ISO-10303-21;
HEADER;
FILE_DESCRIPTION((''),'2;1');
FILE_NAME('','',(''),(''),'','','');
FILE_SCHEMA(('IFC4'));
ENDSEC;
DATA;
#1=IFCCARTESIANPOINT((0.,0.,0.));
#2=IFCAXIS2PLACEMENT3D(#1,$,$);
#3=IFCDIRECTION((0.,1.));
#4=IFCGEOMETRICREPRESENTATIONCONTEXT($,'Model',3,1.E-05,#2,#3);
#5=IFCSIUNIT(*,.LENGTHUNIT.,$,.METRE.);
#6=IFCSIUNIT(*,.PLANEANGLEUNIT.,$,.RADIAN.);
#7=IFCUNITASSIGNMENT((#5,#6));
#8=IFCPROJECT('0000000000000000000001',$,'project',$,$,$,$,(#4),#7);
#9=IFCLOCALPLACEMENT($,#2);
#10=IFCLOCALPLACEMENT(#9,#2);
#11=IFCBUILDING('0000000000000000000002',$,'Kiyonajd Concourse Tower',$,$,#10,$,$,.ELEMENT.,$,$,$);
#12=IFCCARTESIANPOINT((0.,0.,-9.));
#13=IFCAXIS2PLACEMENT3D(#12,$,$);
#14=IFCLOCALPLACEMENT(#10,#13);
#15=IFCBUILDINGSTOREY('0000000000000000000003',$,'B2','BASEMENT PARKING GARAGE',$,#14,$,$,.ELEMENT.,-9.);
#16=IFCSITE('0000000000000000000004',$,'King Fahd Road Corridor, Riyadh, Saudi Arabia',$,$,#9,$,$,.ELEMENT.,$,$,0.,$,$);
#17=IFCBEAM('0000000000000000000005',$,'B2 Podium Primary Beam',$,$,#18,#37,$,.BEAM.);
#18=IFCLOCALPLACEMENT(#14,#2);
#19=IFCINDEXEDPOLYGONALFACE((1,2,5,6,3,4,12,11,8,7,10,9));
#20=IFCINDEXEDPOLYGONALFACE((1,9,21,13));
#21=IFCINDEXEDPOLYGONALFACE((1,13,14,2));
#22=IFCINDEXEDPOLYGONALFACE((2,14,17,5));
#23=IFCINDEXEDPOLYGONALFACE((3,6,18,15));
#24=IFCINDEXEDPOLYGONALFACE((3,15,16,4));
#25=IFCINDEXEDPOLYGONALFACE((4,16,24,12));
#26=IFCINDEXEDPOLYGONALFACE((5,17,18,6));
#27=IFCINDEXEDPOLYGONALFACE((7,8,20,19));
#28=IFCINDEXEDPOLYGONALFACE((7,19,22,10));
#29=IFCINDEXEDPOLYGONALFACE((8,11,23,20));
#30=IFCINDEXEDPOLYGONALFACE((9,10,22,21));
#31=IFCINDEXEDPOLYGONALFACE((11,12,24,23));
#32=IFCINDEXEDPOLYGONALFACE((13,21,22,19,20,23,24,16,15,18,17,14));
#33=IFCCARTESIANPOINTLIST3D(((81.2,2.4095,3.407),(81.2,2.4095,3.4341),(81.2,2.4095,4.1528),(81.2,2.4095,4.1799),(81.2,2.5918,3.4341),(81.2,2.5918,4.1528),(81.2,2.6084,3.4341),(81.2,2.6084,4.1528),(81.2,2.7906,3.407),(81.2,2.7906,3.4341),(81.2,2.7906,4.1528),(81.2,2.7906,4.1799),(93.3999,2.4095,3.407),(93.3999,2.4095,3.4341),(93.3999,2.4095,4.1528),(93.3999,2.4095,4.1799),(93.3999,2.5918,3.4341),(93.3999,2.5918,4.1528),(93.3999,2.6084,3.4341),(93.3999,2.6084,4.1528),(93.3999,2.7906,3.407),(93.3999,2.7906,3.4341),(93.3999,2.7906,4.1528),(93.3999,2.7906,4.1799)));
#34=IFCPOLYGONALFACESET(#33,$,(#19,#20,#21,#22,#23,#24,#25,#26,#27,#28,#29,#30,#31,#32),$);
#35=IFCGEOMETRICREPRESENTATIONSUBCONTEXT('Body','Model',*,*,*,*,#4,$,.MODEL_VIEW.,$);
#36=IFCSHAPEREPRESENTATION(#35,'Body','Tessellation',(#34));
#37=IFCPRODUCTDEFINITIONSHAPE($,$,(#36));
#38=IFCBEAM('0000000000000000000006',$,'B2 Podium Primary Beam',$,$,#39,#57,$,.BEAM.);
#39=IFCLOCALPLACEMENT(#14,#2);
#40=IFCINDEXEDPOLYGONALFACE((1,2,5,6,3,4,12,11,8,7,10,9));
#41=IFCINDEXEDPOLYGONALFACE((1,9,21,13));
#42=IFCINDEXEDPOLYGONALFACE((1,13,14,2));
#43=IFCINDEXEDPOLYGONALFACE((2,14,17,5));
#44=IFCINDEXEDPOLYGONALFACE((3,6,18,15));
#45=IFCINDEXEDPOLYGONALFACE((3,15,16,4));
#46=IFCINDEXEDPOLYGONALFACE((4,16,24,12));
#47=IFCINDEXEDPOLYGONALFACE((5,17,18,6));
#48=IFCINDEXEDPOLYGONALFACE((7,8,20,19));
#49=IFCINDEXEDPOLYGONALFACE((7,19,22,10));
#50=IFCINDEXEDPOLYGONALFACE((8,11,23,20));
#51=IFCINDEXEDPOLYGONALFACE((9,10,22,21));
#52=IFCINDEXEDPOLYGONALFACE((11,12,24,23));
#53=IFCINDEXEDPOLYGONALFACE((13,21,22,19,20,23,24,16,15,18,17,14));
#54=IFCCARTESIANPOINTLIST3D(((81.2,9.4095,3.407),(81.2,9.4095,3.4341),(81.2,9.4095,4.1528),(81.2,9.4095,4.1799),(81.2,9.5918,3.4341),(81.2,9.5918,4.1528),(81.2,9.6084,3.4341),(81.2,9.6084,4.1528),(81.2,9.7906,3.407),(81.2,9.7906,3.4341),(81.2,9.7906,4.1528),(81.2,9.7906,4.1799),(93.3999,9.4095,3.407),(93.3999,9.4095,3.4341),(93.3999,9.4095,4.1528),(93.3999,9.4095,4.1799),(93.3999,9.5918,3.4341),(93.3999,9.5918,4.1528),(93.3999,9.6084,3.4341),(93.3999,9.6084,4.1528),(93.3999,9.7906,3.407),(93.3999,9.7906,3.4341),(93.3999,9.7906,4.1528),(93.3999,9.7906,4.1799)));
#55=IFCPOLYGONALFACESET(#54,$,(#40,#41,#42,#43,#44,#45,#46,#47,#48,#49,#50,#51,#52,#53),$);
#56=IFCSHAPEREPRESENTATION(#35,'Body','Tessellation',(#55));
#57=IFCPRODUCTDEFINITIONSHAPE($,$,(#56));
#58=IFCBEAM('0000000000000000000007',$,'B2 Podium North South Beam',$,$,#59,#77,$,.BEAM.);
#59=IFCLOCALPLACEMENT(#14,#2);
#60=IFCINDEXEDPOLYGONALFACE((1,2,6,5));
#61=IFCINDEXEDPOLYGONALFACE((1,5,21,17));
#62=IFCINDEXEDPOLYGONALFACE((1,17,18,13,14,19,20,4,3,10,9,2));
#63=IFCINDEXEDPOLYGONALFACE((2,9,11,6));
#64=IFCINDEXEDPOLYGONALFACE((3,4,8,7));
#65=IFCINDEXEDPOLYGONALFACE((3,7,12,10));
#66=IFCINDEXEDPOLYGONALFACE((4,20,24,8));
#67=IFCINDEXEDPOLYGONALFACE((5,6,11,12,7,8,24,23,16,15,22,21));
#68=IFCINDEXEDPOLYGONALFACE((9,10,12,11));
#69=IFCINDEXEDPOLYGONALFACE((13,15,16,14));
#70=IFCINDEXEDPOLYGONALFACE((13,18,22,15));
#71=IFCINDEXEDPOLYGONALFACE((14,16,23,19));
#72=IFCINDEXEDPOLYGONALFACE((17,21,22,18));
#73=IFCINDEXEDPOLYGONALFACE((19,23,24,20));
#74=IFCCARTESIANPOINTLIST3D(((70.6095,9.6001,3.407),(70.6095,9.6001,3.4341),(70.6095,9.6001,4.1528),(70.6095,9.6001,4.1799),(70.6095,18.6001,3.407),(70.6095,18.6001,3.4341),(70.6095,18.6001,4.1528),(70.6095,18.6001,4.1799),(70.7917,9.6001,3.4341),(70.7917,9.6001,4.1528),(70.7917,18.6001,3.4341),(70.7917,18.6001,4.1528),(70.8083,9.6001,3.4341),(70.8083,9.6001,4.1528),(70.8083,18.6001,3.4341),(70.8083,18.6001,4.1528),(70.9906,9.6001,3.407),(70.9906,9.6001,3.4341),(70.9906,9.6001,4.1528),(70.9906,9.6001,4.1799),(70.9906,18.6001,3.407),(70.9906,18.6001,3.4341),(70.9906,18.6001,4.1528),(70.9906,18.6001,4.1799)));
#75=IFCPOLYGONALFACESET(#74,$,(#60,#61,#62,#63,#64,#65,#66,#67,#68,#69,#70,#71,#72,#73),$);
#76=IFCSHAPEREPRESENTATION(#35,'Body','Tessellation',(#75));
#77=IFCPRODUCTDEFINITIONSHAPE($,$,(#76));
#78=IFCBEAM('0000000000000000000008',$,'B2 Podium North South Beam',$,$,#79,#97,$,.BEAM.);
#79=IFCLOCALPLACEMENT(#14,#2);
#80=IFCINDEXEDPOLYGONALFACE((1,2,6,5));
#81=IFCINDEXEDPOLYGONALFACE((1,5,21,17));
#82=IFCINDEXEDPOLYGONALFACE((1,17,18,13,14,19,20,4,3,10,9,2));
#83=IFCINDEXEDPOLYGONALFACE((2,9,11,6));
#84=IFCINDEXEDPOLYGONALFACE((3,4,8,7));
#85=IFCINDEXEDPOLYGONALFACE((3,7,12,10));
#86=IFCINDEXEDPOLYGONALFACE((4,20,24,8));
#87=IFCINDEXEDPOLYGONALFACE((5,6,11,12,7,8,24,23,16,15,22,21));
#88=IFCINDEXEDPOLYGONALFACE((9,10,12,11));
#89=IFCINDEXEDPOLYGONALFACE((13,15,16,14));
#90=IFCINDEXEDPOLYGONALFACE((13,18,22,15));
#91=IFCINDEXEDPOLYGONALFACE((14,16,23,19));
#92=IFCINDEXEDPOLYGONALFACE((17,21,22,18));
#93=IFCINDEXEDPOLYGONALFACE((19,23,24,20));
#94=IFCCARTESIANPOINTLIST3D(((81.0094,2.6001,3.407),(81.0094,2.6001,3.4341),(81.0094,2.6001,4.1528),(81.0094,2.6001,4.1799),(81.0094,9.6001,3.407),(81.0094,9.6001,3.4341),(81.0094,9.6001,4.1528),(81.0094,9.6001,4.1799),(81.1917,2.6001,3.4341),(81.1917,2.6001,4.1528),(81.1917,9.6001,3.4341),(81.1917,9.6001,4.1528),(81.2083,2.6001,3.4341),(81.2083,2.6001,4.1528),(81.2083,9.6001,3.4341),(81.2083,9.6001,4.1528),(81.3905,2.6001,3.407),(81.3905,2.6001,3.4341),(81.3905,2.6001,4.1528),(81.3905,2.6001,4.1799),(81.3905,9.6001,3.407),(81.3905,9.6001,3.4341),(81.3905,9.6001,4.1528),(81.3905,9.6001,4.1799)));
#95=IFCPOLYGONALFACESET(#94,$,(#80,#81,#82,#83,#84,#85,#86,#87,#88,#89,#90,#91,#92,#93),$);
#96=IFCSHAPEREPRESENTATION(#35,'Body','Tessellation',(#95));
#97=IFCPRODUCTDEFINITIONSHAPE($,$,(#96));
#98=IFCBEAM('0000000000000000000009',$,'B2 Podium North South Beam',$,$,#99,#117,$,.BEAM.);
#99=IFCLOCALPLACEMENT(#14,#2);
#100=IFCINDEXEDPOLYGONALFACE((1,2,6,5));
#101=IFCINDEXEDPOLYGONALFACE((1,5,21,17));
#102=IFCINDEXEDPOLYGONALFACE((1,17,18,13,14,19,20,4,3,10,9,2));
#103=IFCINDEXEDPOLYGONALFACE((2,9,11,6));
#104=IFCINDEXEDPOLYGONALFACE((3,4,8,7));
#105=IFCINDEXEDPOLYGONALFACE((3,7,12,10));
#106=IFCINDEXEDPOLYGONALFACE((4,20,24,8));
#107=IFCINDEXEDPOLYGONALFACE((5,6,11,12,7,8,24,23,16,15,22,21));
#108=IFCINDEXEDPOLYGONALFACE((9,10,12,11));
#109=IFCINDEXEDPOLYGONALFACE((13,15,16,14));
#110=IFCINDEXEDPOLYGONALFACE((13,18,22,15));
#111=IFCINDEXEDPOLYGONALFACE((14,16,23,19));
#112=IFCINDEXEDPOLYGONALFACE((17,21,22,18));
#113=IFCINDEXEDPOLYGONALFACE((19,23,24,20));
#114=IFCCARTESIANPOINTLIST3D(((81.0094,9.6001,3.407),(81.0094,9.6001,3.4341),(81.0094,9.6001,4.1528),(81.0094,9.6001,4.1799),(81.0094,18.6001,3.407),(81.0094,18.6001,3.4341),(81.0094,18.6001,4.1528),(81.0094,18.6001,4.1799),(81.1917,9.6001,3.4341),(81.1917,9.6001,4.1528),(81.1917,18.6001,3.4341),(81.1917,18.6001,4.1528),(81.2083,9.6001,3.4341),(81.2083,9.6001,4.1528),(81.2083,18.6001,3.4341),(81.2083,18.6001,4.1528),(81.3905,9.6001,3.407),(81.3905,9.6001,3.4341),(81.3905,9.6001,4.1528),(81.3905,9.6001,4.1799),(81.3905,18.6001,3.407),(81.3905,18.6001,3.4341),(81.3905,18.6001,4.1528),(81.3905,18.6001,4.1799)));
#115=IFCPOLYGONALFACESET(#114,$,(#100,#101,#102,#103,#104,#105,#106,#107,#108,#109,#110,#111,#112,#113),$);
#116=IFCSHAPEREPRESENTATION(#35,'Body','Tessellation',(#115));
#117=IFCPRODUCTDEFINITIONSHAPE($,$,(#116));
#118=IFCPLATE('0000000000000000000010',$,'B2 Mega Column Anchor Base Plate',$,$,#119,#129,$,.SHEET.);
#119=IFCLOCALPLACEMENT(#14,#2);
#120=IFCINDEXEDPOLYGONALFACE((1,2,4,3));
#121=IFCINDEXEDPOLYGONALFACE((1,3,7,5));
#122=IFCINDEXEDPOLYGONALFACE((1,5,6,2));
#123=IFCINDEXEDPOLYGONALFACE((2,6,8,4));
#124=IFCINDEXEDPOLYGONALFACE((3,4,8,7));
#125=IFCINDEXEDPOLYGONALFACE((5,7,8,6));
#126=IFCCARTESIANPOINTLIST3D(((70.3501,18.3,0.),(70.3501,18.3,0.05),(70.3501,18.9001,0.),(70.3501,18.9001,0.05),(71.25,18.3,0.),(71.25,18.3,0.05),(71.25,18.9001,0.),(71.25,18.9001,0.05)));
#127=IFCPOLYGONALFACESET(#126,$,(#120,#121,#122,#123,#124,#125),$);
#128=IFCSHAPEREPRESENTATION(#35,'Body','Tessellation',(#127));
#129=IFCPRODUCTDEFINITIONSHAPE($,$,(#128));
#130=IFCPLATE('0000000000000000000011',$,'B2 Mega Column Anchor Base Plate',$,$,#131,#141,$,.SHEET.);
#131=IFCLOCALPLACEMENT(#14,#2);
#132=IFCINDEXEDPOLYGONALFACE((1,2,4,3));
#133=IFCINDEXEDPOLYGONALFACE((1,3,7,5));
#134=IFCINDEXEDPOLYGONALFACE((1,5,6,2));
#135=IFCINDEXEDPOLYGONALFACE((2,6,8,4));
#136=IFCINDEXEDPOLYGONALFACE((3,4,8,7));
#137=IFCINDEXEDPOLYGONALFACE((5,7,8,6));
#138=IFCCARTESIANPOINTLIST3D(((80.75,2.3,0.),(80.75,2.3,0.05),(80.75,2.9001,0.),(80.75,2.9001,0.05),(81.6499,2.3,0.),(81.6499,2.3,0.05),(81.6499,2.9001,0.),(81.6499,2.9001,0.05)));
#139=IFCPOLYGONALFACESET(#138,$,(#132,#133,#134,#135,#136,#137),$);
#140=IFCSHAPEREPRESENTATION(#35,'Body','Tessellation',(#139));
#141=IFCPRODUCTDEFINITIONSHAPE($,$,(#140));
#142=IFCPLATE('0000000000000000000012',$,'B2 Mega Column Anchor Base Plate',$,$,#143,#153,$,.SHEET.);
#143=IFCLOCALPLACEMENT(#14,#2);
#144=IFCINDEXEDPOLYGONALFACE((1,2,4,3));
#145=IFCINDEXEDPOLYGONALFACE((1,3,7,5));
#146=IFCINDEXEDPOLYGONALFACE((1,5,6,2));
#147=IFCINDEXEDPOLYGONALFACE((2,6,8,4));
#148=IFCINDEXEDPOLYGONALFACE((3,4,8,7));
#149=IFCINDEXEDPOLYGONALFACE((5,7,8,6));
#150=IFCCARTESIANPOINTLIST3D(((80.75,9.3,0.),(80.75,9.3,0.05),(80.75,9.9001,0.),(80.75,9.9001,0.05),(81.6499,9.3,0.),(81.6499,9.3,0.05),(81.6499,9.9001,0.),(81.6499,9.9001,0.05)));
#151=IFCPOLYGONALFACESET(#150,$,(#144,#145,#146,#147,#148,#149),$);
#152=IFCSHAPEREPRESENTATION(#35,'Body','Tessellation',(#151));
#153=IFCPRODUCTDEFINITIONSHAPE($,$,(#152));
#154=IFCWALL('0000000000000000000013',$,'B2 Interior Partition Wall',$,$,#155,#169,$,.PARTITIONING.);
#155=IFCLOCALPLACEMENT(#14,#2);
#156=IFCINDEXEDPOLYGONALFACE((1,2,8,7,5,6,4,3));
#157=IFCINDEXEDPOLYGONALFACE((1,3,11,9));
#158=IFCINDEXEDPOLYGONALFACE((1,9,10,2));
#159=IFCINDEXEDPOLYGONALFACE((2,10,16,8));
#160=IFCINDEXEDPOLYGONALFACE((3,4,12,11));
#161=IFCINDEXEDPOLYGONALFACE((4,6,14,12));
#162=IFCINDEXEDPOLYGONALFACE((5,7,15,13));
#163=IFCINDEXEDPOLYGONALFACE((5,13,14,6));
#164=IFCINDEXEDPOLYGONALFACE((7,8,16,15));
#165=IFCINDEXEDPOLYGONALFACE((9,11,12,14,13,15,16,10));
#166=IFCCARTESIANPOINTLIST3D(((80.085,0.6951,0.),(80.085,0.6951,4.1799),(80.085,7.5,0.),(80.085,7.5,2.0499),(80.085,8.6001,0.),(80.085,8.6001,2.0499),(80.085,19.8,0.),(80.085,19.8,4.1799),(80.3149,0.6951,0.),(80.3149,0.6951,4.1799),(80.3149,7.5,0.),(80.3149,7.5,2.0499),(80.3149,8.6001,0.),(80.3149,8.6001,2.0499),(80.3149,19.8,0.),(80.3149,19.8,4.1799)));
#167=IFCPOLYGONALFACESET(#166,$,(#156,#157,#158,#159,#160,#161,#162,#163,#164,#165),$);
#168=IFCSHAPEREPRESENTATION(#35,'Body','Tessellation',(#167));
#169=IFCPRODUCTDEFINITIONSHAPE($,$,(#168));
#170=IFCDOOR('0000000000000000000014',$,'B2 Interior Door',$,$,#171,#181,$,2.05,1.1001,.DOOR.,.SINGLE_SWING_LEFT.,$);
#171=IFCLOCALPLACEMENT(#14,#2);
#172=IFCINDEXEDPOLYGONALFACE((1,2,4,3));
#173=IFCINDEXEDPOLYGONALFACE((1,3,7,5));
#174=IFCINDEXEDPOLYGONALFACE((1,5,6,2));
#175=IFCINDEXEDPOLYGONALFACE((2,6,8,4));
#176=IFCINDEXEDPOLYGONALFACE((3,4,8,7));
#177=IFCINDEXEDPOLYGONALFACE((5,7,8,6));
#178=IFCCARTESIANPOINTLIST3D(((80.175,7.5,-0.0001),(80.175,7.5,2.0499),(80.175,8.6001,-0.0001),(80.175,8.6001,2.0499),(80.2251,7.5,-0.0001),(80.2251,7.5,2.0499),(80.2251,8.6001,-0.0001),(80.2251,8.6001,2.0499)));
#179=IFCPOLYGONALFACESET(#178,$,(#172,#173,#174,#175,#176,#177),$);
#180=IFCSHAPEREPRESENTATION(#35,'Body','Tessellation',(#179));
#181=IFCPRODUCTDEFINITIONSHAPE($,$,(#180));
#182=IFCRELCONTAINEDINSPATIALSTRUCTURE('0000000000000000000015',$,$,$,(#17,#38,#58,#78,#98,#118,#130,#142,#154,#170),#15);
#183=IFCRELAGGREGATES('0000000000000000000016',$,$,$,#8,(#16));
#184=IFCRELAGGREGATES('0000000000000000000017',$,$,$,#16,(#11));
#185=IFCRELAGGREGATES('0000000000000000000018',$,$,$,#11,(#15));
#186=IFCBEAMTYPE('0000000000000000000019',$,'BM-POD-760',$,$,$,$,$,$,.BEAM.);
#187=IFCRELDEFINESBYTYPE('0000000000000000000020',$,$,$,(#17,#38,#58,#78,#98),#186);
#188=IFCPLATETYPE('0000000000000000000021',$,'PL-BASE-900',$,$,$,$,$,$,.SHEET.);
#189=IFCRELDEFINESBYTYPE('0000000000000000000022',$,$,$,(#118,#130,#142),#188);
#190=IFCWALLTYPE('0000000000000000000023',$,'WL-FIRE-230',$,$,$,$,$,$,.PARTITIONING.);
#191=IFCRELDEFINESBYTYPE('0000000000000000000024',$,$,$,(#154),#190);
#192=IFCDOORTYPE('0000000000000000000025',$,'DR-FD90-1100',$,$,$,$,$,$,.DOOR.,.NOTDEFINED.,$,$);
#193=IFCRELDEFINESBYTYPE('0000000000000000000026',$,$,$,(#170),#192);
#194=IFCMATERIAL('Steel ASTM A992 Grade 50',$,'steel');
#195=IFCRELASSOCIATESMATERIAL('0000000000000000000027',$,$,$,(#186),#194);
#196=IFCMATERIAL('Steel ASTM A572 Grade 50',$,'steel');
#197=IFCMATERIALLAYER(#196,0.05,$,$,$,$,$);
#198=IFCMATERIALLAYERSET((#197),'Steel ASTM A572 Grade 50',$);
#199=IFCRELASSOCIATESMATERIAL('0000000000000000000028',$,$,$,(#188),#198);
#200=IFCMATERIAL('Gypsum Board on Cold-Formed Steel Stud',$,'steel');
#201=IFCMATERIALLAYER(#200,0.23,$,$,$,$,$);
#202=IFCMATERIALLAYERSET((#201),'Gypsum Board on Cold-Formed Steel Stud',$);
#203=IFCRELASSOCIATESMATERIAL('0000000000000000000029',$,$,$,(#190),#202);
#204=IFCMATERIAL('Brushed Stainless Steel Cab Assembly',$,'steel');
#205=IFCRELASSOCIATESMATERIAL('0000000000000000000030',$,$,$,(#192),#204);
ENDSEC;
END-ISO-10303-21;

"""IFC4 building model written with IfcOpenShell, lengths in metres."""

from ifc_helpers import new_model, si_unit, direction, frame, frame_2d, origin, origin_2d, place, context, subcontext, project, spatial, rectangle, i_section, extrude, material, layer, layer_set, material_profile, profile_set, type_object, element, fill, save


model = new_model("IFC4")

# Units and contexts
model_context = context("Model", 3, precision=1e-05, world=origin(), true_north=direction((0.0, 1.0)))
body_context = subcontext(model_context, "Body", "Model", "MODEL_VIEW")
ifc_project = project(units=[si_unit("LENGTHUNIT", "METRE"), si_unit("PLANEANGLEUNIT", "RADIAN")], contexts=[model_context])

# Site, building, storey
site_placement = place(None, origin())
site = spatial("IfcSite", under=ifc_project, at=site_placement, Name="King Fahd Road Corridor, Riyadh, Saudi Arabia", CompositionType="ELEMENT", RefElevation=0.0)
building_placement = place(site_placement, origin())
building = spatial("IfcBuilding", under=site, at=building_placement, Name="Kiyonajd Concourse Tower", CompositionType="ELEMENT")
storey_placement = place(building_placement, frame((0.0, 0.0, -9.0)))
storey = spatial("IfcBuildingStorey", under=building, at=storey_placement, Name="B2", Description="BASEMENT PARKING GARAGE", CompositionType="ELEMENT", Elevation=-9.0)

# Beams
ifc_material_1 = material(Name="Steel ASTM A992 Grade 50", Category="steel")
ifc_material_profile_1 = material_profile(ifc_material_1, i_section(OverallWidth=0.3811, OverallDepth=0.7729, WebThickness=0.0166, FlangeThickness=0.0271, at=origin_2d()), Name="W760X257")
ifc_profile_set_1 = profile_set([ifc_material_profile_1], Name="Steel ASTM A992 Grade 50")
beam_type = type_object("IfcBeamType", Name="BM-POD-760", PredefinedType="BEAM", material=ifc_profile_set_1)
for number, where, z_axis, x_axis, name in (
    (1, (81.2, 2.6001, 3.7935), (1.0, 0.0, 0.0), (0.0, 1.0, 0.0), "B2 Podium Primary Beam"),
    (2, (81.2, 9.6001, 3.7935), (1.0, 0.0, 0.0), (0.0, 1.0, 0.0), "B2 Podium Primary Beam"),
):
    element("IfcBeam", number, at=place(storey_placement, frame(where, z_axis=z_axis, x_axis=x_axis)), inside=storey, type_object=beam_type, Name=name, PredefinedType="BEAM", context=body_context, shape_type="SweptSolid", body=[
        extrude(i_section(OverallWidth=0.3811, OverallDepth=0.7729, WebThickness=0.0166, FlangeThickness=0.0271, at=origin_2d()), origin(), (0.0, 0.0, 1.0), 12.2),
    ])
beam_1_placement = place(storey_placement, frame((70.8, 9.6001, 3.7935), z_axis=(0.0, 1.0, 0.0), x_axis=(-1.0, 0.0, 0.0)))
element("IfcBeam", 3, at=beam_1_placement, inside=storey, type_object=beam_type, Name="B2 Podium North South Beam", PredefinedType="BEAM", context=body_context, shape_type="SweptSolid", body=[
    extrude(i_section(OverallWidth=0.3811, OverallDepth=0.7729, WebThickness=0.0166, FlangeThickness=0.0271, at=origin_2d()), origin(), (0.0, 0.0, 1.0), 9.0),
])
beam_2_placement = place(storey_placement, frame((81.2, 2.6001, 3.7935), z_axis=(0.0, 1.0, 0.0), x_axis=(-1.0, 0.0, 0.0)))
element("IfcBeam", 4, at=beam_2_placement, inside=storey, type_object=beam_type, Name="B2 Podium North South Beam", PredefinedType="BEAM", context=body_context, shape_type="SweptSolid", body=[
    extrude(i_section(OverallWidth=0.3811, OverallDepth=0.7729, WebThickness=0.0166, FlangeThickness=0.0271, at=origin_2d()), origin(), (0.0, 0.0, 1.0), 7.0),
])
beam_3_placement = place(storey_placement, frame((81.2, 9.6001, 3.7935), z_axis=(0.0, 1.0, 0.0), x_axis=(-1.0, 0.0, 0.0)))
element("IfcBeam", 5, at=beam_3_placement, inside=storey, type_object=beam_type, Name="B2 Podium North South Beam", PredefinedType="BEAM", context=body_context, shape_type="SweptSolid", body=[
    extrude(i_section(OverallWidth=0.3811, OverallDepth=0.7729, WebThickness=0.0166, FlangeThickness=0.0271, at=origin_2d()), origin(), (0.0, 0.0, 1.0), 9.0),
])

# Plates
ifc_material_2 = material(Name="Steel ASTM A572 Grade 50", Category="steel")
ifc_layer_1 = layer(ifc_material_2, 0.05)
ifc_layer_set_1 = layer_set([ifc_layer_1], Name="Steel ASTM A572 Grade 50")
plate_type = type_object("IfcPlateType", Name="PL-BASE-900", PredefinedType="SHEET", material=ifc_layer_set_1)
for number, where, z_axis, x_axis, name in (
    (6, (70.8, 18.6001, 0.0), (0.0, 0.0, 1.0), (1.0, 0.0, 0.0), "B2 Mega Column Anchor Base Plate"),
    (7, (81.2, 2.6001, 0.0), (0.0, 0.0, 1.0), (1.0, 0.0, 0.0), "B2 Mega Column Anchor Base Plate"),
    (8, (81.2, 9.6001, 0.0), (0.0, 0.0, 1.0), (1.0, 0.0, 0.0), "B2 Mega Column Anchor Base Plate"),
):
    element("IfcPlate", number, at=place(storey_placement, frame(where, z_axis=z_axis, x_axis=x_axis)), inside=storey, type_object=plate_type, Name=name, PredefinedType="SHEET", context=body_context, shape_type="SweptSolid", body=[
        extrude(rectangle(XDim=0.8999, YDim=0.6001, at=origin_2d()), origin(), (0.0, 0.0, 1.0), 0.05),
    ])

# Wall, opening, door
ifc_material_3 = material(Name="Gypsum Board on Cold-Formed Steel Stud", Category="steel")
ifc_layer_2 = layer(ifc_material_3, 0.23)
ifc_layer_set_2 = layer_set([ifc_layer_2], Name="Gypsum Board on Cold-Formed Steel Stud")
wall_type = type_object("IfcWallType", Name="WL-FIRE-230", PredefinedType="PARTITIONING", material=ifc_layer_set_2)
wall_placement = place(storey_placement, frame((80.2, 0.6951, 0.0), z_axis=(0.0, 0.0, 1.0), x_axis=(0.0, 1.0, 0.0)))
wall = element("IfcWall", 9, at=wall_placement, inside=storey, type_object=wall_type, Name="B2 Interior Partition Wall", PredefinedType="PARTITIONING", context=body_context, shape_type="SweptSolid", body=[
    extrude(rectangle(XDim=19.105, YDim=0.23, at=frame_2d((9.5525, 0.0))), origin(), (0.0, 0.0, 1.0), 4.1799),
])
opening_placement = place(wall_placement, frame((6.8049, 0.0, 0.0)))
opening = element("IfcOpeningElement", 10, at=opening_placement, cuts=wall, PredefinedType="OPENING", context=body_context, shape_type="SweptSolid", body=[
    extrude(rectangle(XDim=1.1001, YDim=2.05, at=frame_2d((0.55, 1.0249))), frame((0.0, 0.125, 0.0), z_axis=(0.0, -1.0, 0.0), x_axis=(1.0, 0.0, 0.0)), (0.0, 0.0, 1.0), 0.25),
])
ifc_material_4 = material(Name="Brushed Stainless Steel Cab Assembly", Category="steel")
door_type = type_object("IfcDoorType", Name="DR-FD90-1100", OperationType="NOTDEFINED", PredefinedType="DOOR", material=ifc_material_4)
door_placement = place(opening_placement, origin())
door = element("IfcDoor", 11, at=door_placement, inside=storey, type_object=door_type, Name="B2 Interior Door", OperationType="SINGLE_SWING_LEFT", OverallHeight=2.05, OverallWidth=1.1001, PredefinedType="DOOR", context=body_context, shape_type="SweptSolid", body=[
    extrude(rectangle(XDim=1.1001, YDim=2.05, at=frame_2d((0.55, 1.0249))), frame((0.0, 0.0249, 0.0), z_axis=(0.0, -1.0, 0.0), x_axis=(1.0, 0.0, 0.0)), (0.0, 0.0, 1.0), 0.05),
])
fill(opening, door)

save(model, "model.ifc")
